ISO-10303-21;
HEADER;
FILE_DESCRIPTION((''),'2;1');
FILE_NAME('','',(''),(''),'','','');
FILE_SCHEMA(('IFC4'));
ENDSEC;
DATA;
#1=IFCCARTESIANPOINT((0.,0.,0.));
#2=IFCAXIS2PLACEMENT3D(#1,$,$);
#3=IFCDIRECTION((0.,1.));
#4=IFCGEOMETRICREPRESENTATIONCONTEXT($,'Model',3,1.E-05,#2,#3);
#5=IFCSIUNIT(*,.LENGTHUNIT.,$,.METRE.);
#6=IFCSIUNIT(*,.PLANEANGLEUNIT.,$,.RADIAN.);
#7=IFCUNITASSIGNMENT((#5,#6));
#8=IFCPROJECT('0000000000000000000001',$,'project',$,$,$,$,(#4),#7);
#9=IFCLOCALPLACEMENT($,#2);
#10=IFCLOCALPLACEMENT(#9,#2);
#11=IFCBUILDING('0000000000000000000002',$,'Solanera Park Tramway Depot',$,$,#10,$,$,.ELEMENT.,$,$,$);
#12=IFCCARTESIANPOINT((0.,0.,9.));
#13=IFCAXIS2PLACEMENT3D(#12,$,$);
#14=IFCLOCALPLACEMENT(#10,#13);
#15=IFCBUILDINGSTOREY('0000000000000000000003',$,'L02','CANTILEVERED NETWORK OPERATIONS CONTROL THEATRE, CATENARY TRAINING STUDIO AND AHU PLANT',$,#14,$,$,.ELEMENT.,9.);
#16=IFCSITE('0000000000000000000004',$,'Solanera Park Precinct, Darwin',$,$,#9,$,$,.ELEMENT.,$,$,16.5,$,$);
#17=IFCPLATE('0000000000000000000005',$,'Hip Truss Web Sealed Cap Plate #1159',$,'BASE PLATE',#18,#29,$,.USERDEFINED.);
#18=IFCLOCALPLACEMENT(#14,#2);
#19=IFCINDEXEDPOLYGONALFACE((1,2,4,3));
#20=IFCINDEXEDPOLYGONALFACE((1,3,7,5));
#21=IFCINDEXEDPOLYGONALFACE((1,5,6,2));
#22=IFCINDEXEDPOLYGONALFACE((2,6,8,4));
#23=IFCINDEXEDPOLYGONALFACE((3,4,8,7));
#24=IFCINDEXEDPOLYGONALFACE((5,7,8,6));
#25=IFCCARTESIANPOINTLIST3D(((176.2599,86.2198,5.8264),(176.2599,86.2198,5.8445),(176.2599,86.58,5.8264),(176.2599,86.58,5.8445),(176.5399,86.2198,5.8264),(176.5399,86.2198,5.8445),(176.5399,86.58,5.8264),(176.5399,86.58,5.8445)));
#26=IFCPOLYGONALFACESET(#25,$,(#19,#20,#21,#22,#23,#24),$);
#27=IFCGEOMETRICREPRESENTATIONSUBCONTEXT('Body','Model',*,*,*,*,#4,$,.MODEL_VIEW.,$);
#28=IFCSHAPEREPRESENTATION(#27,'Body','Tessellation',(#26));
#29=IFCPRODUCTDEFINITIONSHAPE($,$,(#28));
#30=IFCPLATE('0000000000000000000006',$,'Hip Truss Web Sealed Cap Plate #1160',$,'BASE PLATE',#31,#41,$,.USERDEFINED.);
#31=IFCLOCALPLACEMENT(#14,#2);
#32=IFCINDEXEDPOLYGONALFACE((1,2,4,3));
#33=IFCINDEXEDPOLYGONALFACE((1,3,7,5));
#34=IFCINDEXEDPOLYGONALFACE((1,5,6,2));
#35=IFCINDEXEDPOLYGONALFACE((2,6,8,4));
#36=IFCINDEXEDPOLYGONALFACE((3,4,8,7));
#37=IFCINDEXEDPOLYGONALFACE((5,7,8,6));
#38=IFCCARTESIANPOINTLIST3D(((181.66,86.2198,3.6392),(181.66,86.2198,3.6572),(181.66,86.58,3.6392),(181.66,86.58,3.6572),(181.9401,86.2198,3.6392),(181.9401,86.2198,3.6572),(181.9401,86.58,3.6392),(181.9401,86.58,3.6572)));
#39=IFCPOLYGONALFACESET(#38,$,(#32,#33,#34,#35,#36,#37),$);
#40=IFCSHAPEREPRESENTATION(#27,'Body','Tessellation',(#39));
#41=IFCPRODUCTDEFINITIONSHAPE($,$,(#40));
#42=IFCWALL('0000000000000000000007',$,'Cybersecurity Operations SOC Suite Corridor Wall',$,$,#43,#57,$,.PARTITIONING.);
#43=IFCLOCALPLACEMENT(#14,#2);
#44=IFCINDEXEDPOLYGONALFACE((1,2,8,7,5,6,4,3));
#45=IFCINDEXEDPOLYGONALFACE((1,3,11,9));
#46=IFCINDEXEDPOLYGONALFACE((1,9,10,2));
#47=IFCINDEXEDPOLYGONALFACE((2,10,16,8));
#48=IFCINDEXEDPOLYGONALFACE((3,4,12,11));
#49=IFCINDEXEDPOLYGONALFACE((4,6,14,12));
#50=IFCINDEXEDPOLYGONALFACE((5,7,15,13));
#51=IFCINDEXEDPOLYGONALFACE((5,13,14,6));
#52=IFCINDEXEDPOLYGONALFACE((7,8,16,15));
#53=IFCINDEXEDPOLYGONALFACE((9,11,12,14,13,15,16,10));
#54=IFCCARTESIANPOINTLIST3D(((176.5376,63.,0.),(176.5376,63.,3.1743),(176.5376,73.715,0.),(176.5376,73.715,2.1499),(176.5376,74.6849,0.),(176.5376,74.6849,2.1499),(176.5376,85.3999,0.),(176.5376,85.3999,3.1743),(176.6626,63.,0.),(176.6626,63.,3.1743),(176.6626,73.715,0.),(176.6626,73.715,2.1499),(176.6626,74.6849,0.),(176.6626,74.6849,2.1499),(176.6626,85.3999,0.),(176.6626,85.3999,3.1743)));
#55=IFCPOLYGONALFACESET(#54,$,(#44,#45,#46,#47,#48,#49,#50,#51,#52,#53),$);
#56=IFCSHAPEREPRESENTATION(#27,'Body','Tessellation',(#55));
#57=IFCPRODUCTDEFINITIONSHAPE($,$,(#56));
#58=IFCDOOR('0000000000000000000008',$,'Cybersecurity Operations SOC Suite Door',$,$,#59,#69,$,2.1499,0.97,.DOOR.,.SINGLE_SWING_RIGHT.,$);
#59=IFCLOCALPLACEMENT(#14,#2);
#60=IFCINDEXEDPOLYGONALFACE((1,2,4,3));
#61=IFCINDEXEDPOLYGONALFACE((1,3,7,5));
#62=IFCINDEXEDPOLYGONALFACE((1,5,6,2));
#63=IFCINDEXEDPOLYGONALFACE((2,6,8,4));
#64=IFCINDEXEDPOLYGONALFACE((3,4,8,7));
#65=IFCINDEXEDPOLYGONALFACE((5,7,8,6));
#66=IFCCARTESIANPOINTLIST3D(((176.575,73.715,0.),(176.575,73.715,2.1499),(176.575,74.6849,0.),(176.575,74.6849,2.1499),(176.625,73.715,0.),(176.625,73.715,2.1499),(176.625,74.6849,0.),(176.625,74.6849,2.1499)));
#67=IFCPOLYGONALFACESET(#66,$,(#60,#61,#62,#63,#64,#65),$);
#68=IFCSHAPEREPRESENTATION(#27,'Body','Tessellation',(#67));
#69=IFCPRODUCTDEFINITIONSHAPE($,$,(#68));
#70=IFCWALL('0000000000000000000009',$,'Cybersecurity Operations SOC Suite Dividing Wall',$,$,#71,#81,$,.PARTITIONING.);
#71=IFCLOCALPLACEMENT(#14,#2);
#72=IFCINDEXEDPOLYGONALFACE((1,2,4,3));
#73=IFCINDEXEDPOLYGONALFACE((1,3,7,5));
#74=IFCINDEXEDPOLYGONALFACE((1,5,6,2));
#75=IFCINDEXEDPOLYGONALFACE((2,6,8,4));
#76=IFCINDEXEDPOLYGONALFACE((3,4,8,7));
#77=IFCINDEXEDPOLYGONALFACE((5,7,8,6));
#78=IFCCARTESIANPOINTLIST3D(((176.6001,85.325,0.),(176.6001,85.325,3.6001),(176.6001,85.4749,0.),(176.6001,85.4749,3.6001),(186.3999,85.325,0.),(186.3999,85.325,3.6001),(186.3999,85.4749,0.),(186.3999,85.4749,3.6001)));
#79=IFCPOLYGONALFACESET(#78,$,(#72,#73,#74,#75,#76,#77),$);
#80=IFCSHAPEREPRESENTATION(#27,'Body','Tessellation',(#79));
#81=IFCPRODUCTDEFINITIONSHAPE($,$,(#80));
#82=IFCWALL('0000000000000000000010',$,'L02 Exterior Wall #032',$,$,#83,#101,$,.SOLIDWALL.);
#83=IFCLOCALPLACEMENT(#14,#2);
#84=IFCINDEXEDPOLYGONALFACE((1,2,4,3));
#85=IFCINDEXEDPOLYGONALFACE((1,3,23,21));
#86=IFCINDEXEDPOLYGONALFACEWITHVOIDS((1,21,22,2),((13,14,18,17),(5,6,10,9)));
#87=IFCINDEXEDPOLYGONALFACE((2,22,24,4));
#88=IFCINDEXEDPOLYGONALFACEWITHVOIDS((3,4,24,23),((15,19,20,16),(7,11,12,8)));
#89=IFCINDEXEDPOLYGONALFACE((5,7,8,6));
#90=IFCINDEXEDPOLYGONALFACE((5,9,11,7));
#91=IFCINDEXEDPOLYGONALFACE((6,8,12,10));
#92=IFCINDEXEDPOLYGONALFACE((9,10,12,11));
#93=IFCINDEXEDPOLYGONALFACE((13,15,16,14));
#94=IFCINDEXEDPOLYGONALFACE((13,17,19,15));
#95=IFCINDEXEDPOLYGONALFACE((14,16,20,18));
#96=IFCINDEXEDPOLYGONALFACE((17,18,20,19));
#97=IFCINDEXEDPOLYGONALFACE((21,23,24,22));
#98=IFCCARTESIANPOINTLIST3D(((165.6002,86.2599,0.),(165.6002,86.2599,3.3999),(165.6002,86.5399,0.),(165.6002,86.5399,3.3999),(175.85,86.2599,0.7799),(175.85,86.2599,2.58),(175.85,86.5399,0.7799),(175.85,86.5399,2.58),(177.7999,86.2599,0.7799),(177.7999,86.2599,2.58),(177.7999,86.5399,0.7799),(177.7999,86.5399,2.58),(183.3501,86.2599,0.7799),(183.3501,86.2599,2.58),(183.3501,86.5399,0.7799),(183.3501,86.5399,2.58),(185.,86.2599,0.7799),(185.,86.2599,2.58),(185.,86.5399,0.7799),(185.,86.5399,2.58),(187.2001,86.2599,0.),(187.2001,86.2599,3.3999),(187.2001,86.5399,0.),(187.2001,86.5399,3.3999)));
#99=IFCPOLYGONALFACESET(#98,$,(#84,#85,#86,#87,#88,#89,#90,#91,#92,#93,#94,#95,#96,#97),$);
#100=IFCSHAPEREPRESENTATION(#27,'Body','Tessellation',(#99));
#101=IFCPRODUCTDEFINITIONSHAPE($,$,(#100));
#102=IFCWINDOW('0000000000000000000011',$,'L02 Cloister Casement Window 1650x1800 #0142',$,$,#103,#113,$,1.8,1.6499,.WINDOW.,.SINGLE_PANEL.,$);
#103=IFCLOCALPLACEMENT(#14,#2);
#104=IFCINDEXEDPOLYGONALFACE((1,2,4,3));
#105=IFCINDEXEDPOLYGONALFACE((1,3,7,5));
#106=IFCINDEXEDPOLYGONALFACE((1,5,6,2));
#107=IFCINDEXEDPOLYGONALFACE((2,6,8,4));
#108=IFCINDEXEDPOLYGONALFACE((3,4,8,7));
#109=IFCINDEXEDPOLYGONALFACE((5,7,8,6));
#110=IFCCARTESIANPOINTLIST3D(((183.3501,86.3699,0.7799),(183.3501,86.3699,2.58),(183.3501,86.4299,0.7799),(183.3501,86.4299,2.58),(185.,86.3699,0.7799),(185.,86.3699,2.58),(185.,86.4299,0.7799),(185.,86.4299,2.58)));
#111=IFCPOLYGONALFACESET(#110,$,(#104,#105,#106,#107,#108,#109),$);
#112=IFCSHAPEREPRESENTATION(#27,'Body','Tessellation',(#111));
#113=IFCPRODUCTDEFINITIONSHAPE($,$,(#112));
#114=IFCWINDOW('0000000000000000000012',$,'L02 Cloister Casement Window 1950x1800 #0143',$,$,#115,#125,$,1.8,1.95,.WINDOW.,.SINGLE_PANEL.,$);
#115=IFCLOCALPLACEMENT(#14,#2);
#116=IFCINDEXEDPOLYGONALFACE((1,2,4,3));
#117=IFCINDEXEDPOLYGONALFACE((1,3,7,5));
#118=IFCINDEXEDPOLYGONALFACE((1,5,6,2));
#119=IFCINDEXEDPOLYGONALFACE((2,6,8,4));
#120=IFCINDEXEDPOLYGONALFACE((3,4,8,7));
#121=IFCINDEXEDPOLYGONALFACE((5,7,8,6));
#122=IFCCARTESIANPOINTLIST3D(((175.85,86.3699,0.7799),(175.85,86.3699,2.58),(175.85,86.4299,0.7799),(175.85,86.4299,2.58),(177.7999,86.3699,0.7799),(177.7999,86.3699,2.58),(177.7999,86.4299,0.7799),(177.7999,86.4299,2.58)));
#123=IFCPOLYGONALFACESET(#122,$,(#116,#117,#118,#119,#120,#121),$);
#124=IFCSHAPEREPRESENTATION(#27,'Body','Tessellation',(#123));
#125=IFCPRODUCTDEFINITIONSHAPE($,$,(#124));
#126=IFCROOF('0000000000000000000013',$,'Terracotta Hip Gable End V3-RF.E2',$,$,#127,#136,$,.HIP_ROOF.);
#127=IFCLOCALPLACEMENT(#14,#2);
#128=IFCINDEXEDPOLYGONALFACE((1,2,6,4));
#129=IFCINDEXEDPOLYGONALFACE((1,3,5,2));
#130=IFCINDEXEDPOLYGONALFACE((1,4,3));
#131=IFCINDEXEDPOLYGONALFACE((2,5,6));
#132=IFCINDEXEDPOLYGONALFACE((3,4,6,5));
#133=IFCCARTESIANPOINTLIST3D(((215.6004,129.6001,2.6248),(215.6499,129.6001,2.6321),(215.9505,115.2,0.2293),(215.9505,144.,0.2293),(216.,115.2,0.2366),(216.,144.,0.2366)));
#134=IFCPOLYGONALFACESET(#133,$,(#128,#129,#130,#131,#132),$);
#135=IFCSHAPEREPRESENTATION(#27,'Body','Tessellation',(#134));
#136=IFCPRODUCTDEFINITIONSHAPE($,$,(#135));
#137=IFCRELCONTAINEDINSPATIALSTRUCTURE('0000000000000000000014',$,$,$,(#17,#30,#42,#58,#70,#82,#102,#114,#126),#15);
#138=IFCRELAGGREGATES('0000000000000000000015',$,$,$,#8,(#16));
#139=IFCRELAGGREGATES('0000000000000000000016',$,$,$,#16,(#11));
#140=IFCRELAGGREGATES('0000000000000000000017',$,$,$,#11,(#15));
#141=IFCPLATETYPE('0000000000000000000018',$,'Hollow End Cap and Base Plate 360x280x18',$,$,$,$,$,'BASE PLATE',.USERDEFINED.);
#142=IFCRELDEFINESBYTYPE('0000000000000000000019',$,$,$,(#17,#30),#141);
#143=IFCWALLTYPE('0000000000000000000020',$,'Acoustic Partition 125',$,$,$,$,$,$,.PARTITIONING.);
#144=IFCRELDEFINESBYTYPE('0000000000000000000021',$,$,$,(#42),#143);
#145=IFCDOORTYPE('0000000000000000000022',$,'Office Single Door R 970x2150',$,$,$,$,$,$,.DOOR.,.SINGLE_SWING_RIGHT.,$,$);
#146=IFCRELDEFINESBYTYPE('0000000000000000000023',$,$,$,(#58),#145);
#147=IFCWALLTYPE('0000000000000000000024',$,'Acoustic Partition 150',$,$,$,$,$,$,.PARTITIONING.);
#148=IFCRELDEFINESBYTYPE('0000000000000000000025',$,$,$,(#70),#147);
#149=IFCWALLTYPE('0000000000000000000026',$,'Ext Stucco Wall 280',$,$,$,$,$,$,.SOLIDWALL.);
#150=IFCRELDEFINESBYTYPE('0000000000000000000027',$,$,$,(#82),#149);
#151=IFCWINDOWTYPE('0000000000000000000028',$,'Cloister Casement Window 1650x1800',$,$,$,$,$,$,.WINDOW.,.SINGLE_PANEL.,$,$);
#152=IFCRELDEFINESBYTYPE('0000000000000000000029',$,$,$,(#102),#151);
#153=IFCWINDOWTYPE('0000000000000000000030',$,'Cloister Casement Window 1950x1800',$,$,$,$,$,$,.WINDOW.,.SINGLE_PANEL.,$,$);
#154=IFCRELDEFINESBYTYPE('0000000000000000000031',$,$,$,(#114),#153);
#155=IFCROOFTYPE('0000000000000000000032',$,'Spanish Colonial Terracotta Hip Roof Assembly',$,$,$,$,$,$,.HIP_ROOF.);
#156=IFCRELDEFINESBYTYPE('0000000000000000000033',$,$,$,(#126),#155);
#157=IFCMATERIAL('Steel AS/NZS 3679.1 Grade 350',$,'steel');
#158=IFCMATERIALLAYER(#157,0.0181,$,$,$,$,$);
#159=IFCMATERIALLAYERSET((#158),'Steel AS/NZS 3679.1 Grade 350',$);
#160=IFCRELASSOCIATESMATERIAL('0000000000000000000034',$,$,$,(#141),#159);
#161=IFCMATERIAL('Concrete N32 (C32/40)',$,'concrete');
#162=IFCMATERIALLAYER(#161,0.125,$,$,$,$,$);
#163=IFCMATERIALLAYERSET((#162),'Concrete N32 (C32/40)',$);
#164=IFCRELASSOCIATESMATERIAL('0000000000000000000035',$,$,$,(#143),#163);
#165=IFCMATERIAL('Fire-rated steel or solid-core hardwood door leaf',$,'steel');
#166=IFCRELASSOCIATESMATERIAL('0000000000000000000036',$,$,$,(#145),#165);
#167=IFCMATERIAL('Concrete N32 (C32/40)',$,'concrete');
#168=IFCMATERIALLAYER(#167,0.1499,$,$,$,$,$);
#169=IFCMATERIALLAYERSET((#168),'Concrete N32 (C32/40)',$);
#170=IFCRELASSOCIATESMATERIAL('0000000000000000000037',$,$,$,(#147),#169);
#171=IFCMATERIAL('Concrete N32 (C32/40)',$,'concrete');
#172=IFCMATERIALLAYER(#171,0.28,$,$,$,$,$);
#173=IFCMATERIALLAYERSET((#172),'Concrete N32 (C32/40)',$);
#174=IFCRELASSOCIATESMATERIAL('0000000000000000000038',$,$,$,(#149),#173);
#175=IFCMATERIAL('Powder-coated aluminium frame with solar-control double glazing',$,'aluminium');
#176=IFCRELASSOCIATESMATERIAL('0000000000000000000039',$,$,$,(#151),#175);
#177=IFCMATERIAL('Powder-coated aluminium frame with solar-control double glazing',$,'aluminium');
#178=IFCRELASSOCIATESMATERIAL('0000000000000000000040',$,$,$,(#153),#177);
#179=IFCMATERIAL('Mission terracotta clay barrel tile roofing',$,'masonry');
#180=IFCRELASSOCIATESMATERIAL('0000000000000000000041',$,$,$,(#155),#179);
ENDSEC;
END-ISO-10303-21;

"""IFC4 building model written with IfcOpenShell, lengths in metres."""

from ifc_helpers import new_model, si_unit, direction, frame, frame_2d, origin, origin_2d, place, context, subcontext, project, spatial, polyline, rectangle, outline, extrude, material, layer, layer_set, type_object, element, fill, save


model = new_model("IFC4")

# Units and contexts
model_context = context("Model", 3, precision=1e-05, world=origin(), true_north=direction((0.0, 1.0)))
body_context = subcontext(model_context, "Body", "Model", "MODEL_VIEW")
ifc_project = project(units=[si_unit("LENGTHUNIT", "METRE"), si_unit("PLANEANGLEUNIT", "RADIAN")], contexts=[model_context])

# Site, building, storey
site_placement = place(None, origin())
site = spatial("IfcSite", under=ifc_project, at=site_placement, Name="Solanera Park Precinct, Darwin", CompositionType="ELEMENT", RefElevation=16.5)
building_placement = place(site_placement, origin())
building = spatial("IfcBuilding", under=site, at=building_placement, Name="Solanera Park Tramway Depot", CompositionType="ELEMENT")
storey_placement = place(building_placement, frame((0.0, 0.0, 9.0)))
storey = spatial("IfcBuildingStorey", under=building, at=storey_placement, Name="L02", Description="CANTILEVERED NETWORK OPERATIONS CONTROL THEATRE, CATENARY TRAINING STUDIO AND AHU PLANT", CompositionType="ELEMENT", Elevation=9.0)

# Plates
ifc_material_1 = material(Name="Steel AS/NZS 3679.1 Grade 350", Category="steel")
ifc_layer_1 = layer(ifc_material_1, 0.0181)
ifc_layer_set_1 = layer_set([ifc_layer_1], Name="Steel AS/NZS 3679.1 Grade 350")
plate_type = type_object("IfcPlateType", Name="Hollow End Cap and Base Plate 360x280x18", ElementType="BASE PLATE", PredefinedType="USERDEFINED", material=ifc_layer_set_1)
for number, where, z_axis, x_axis, name in (
    (1, (176.3999, 86.3999, 5.8264), (0.0, 0.0, 1.0), (1.0, 0.0, 0.0), "Hip Truss Web Sealed Cap Plate #1159"),
    (2, (181.8, 86.3999, 3.6392), (0.0, 0.0, 1.0), (1.0, 0.0, 0.0), "Hip Truss Web Sealed Cap Plate #1160"),
):
    element("IfcPlate", number, at=place(storey_placement, frame(where, z_axis=z_axis, x_axis=x_axis)), inside=storey, type_object=plate_type, Name=name, ObjectType="BASE PLATE", PredefinedType="USERDEFINED", context=body_context, shape_type="SweptSolid", body=[
        extrude(rectangle(XDim=0.28, YDim=0.3601, at=origin_2d()), origin(), (0.0, 0.0, 1.0), 0.0181),
    ])

# Wall, opening, door
ifc_material_2 = material(Name="Concrete N32 (C32/40)", Category="concrete")
ifc_layer_2 = layer(ifc_material_2, 0.125)
ifc_layer_set_2 = layer_set([ifc_layer_2], Name="Concrete N32 (C32/40)")
wall_type_1 = type_object("IfcWallType", Name="Acoustic Partition 125", PredefinedType="PARTITIONING", material=ifc_layer_set_2)
wall_1_placement = place(storey_placement, frame((176.6001, 85.3999, 0.0), z_axis=(0.0, 0.0, 1.0), x_axis=(0.0, -1.0, 0.0)))
wall_1 = element("IfcWall", 3, at=wall_1_placement, inside=storey, type_object=wall_type_1, Name="Cybersecurity Operations SOC Suite Corridor Wall", PredefinedType="PARTITIONING", context=body_context, shape_type="SweptSolid", body=[
    extrude(rectangle(XDim=22.3999, YDim=0.125, at=frame_2d((11.2, 0.0))), origin(), (0.0, 0.0, 1.0), 3.1743),
])
opening_1_placement = place(wall_1_placement, frame((10.7151, 0.0, 0.0)))
opening_1 = element("IfcOpeningElement", 4, at=opening_1_placement, cuts=wall_1, PredefinedType="OPENING", context=body_context, shape_type="SweptSolid", body=[
    extrude(rectangle(XDim=0.97, YDim=2.1499, at=frame_2d((0.4849, 1.075))), frame((0.0, 0.0725, 0.0), z_axis=(0.0, -1.0, 0.0), x_axis=(1.0, 0.0, 0.0)), (0.0, 0.0, 1.0), 0.145),
])
ifc_material_3 = material(Name="Fire-rated steel or solid-core hardwood door leaf", Category="steel")
door_type = type_object("IfcDoorType", Name="Office Single Door R 970x2150", OperationType="SINGLE_SWING_RIGHT", PredefinedType="DOOR", material=ifc_material_3)
door_placement = place(opening_1_placement, origin())
door = element("IfcDoor", 5, at=door_placement, inside=storey, type_object=door_type, Name="Cybersecurity Operations SOC Suite Door", OperationType="SINGLE_SWING_RIGHT", OverallHeight=2.1499, OverallWidth=0.97, PredefinedType="DOOR", context=body_context, shape_type="SweptSolid", body=[
    extrude(rectangle(XDim=0.97, YDim=2.1499, at=frame_2d((0.4849, 1.075))), frame((0.0, 0.0249, 0.0), z_axis=(0.0, -1.0, 0.0), x_axis=(1.0, 0.0, 0.0)), (0.0, 0.0, 1.0), 0.05),
])
fill(opening_1, door)

# Wall
ifc_material_4 = material(Name="Concrete N32 (C32/40)", Category="concrete")
ifc_layer_3 = layer(ifc_material_4, 0.1499)
ifc_layer_set_3 = layer_set([ifc_layer_3], Name="Concrete N32 (C32/40)")
wall_type_2 = type_object("IfcWallType", Name="Acoustic Partition 150", PredefinedType="PARTITIONING", material=ifc_layer_set_3)
wall_2_placement = place(storey_placement, frame((176.6001, 85.3999, 0.0), z_axis=(0.0, 0.0, 1.0), x_axis=(1.0, 0.0, 0.0)))
element("IfcWall", 6, at=wall_2_placement, inside=storey, type_object=wall_type_2, Name="Cybersecurity Operations SOC Suite Dividing Wall", PredefinedType="PARTITIONING", context=body_context, shape_type="SweptSolid", body=[
    extrude(rectangle(XDim=9.7998, YDim=0.1499, at=frame_2d((4.8999, 0.0))), origin(), (0.0, 0.0, 1.0), 3.6001),
])

# Wall, openings, windows
ifc_material_5 = material(Name="Concrete N32 (C32/40)", Category="concrete")
ifc_layer_4 = layer(ifc_material_5, 0.28)
ifc_layer_set_4 = layer_set([ifc_layer_4], Name="Concrete N32 (C32/40)")
wall_type_3 = type_object("IfcWallType", Name="Ext Stucco Wall 280", PredefinedType="SOLIDWALL", material=ifc_layer_set_4)
wall_3_placement = place(storey_placement, frame((187.2, 86.3999, 0.0), z_axis=(0.0, 0.0, 1.0), x_axis=(-1.0, 0.0, 0.0)))
wall_3 = element("IfcWall", 7, at=wall_3_placement, inside=storey, type_object=wall_type_3, Name="L02 Exterior Wall #032", PredefinedType="SOLIDWALL", context=body_context, shape_type="SweptSolid", body=[
    extrude(rectangle(XDim=21.5999, YDim=0.28, at=frame_2d((10.7998, 0.0))), origin(), (0.0, 0.0, 1.0), 3.3999),
])
opening_2_placement = place(wall_3_placement, frame((2.2, 0.0, 0.78)))
opening_2 = element("IfcOpeningElement", 8, at=opening_2_placement, cuts=wall_3, PredefinedType="OPENING", context=body_context, shape_type="SweptSolid", body=[
    extrude(rectangle(XDim=1.6499, YDim=1.8, at=frame_2d((0.825, 0.8999))), frame((0.0, 0.1499, 0.0), z_axis=(0.0, -1.0, 0.0), x_axis=(1.0, 0.0, 0.0)), (0.0, 0.0, 1.0), 0.3),
])
opening_3_placement = place(wall_3_placement, frame((9.3999, 0.0, 0.78)))
opening_3 = element("IfcOpeningElement", 9, at=opening_3_placement, cuts=wall_3, PredefinedType="OPENING", context=body_context, shape_type="SweptSolid", body=[
    extrude(rectangle(XDim=1.95, YDim=1.8, at=frame_2d((0.9751, 0.8999))), frame((0.0, 0.1499, 0.0), z_axis=(0.0, -1.0, 0.0), x_axis=(1.0, 0.0, 0.0)), (0.0, 0.0, 1.0), 0.3),
])
ifc_material_6 = material(Name="Powder-coated aluminium frame with solar-control double glazing", Category="aluminium")
window_type_1 = type_object("IfcWindowType", Name="Cloister Casement Window 1650x1800", PartitioningType="SINGLE_PANEL", PredefinedType="WINDOW", material=ifc_material_6)
window_1_placement = place(opening_2_placement, origin())
window_1 = element("IfcWindow", 10, at=window_1_placement, inside=storey, type_object=window_type_1, Name="L02 Cloister Casement Window 1650x1800 #0142", OverallHeight=1.8, OverallWidth=1.6499, PartitioningType="SINGLE_PANEL", PredefinedType="WINDOW", context=body_context, shape_type="SweptSolid", body=[
    extrude(rectangle(XDim=1.6499, YDim=1.8, at=frame_2d((0.825, 0.8999))), frame((0.0, 0.03, 0.0), z_axis=(0.0, -1.0, 0.0), x_axis=(1.0, 0.0, 0.0)), (0.0, 0.0, 1.0), 0.0601),
])
fill(opening_2, window_1)
ifc_material_7 = material(Name="Powder-coated aluminium frame with solar-control double glazing", Category="aluminium")
window_type_2 = type_object("IfcWindowType", Name="Cloister Casement Window 1950x1800", PartitioningType="SINGLE_PANEL", PredefinedType="WINDOW", material=ifc_material_7)
window_2_placement = place(opening_3_placement, origin())
window_2 = element("IfcWindow", 11, at=window_2_placement, inside=storey, type_object=window_type_2, Name="L02 Cloister Casement Window 1950x1800 #0143", OverallHeight=1.8, OverallWidth=1.95, PartitioningType="SINGLE_PANEL", PredefinedType="WINDOW", context=body_context, shape_type="SweptSolid", body=[
    extrude(rectangle(XDim=1.95, YDim=1.8, at=frame_2d((0.9751, 0.8999))), frame((0.0, 0.03, 0.0), z_axis=(0.0, -1.0, 0.0), x_axis=(1.0, 0.0, 0.0)), (0.0, 0.0, 1.0), 0.0601),
])
fill(opening_3, window_2)

# Roof
ifc_material_8 = material(Name="Mission terracotta clay barrel tile roofing", Category="masonry")
roof_type = type_object("IfcRoofType", Name="Spanish Colonial Terracotta Hip Roof Assembly", PredefinedType="HIP_ROOF", material=ifc_material_8)
roof_placement = place(storey_placement, frame((216.0, 115.2, 0.2366), z_axis=(0.989489, 0.0, 0.144611), x_axis=(0.0, 1.0, 0.0)))
element("IfcRoof", 12, at=roof_placement, inside=storey, type_object=roof_type, Name="Terracotta Hip Gable End V3-RF.E2", PredefinedType="HIP_ROOF", context=body_context, shape_type="SweptSolid", body=[
    extrude(outline(polyline([(0.0, 0.0), (28.8, 0.0), (14.4001, 2.421), (0.0, 0.0)])), origin(), (0.0, 0.0, -1.0), 0.05),
])

save(model, "model.ifc")
